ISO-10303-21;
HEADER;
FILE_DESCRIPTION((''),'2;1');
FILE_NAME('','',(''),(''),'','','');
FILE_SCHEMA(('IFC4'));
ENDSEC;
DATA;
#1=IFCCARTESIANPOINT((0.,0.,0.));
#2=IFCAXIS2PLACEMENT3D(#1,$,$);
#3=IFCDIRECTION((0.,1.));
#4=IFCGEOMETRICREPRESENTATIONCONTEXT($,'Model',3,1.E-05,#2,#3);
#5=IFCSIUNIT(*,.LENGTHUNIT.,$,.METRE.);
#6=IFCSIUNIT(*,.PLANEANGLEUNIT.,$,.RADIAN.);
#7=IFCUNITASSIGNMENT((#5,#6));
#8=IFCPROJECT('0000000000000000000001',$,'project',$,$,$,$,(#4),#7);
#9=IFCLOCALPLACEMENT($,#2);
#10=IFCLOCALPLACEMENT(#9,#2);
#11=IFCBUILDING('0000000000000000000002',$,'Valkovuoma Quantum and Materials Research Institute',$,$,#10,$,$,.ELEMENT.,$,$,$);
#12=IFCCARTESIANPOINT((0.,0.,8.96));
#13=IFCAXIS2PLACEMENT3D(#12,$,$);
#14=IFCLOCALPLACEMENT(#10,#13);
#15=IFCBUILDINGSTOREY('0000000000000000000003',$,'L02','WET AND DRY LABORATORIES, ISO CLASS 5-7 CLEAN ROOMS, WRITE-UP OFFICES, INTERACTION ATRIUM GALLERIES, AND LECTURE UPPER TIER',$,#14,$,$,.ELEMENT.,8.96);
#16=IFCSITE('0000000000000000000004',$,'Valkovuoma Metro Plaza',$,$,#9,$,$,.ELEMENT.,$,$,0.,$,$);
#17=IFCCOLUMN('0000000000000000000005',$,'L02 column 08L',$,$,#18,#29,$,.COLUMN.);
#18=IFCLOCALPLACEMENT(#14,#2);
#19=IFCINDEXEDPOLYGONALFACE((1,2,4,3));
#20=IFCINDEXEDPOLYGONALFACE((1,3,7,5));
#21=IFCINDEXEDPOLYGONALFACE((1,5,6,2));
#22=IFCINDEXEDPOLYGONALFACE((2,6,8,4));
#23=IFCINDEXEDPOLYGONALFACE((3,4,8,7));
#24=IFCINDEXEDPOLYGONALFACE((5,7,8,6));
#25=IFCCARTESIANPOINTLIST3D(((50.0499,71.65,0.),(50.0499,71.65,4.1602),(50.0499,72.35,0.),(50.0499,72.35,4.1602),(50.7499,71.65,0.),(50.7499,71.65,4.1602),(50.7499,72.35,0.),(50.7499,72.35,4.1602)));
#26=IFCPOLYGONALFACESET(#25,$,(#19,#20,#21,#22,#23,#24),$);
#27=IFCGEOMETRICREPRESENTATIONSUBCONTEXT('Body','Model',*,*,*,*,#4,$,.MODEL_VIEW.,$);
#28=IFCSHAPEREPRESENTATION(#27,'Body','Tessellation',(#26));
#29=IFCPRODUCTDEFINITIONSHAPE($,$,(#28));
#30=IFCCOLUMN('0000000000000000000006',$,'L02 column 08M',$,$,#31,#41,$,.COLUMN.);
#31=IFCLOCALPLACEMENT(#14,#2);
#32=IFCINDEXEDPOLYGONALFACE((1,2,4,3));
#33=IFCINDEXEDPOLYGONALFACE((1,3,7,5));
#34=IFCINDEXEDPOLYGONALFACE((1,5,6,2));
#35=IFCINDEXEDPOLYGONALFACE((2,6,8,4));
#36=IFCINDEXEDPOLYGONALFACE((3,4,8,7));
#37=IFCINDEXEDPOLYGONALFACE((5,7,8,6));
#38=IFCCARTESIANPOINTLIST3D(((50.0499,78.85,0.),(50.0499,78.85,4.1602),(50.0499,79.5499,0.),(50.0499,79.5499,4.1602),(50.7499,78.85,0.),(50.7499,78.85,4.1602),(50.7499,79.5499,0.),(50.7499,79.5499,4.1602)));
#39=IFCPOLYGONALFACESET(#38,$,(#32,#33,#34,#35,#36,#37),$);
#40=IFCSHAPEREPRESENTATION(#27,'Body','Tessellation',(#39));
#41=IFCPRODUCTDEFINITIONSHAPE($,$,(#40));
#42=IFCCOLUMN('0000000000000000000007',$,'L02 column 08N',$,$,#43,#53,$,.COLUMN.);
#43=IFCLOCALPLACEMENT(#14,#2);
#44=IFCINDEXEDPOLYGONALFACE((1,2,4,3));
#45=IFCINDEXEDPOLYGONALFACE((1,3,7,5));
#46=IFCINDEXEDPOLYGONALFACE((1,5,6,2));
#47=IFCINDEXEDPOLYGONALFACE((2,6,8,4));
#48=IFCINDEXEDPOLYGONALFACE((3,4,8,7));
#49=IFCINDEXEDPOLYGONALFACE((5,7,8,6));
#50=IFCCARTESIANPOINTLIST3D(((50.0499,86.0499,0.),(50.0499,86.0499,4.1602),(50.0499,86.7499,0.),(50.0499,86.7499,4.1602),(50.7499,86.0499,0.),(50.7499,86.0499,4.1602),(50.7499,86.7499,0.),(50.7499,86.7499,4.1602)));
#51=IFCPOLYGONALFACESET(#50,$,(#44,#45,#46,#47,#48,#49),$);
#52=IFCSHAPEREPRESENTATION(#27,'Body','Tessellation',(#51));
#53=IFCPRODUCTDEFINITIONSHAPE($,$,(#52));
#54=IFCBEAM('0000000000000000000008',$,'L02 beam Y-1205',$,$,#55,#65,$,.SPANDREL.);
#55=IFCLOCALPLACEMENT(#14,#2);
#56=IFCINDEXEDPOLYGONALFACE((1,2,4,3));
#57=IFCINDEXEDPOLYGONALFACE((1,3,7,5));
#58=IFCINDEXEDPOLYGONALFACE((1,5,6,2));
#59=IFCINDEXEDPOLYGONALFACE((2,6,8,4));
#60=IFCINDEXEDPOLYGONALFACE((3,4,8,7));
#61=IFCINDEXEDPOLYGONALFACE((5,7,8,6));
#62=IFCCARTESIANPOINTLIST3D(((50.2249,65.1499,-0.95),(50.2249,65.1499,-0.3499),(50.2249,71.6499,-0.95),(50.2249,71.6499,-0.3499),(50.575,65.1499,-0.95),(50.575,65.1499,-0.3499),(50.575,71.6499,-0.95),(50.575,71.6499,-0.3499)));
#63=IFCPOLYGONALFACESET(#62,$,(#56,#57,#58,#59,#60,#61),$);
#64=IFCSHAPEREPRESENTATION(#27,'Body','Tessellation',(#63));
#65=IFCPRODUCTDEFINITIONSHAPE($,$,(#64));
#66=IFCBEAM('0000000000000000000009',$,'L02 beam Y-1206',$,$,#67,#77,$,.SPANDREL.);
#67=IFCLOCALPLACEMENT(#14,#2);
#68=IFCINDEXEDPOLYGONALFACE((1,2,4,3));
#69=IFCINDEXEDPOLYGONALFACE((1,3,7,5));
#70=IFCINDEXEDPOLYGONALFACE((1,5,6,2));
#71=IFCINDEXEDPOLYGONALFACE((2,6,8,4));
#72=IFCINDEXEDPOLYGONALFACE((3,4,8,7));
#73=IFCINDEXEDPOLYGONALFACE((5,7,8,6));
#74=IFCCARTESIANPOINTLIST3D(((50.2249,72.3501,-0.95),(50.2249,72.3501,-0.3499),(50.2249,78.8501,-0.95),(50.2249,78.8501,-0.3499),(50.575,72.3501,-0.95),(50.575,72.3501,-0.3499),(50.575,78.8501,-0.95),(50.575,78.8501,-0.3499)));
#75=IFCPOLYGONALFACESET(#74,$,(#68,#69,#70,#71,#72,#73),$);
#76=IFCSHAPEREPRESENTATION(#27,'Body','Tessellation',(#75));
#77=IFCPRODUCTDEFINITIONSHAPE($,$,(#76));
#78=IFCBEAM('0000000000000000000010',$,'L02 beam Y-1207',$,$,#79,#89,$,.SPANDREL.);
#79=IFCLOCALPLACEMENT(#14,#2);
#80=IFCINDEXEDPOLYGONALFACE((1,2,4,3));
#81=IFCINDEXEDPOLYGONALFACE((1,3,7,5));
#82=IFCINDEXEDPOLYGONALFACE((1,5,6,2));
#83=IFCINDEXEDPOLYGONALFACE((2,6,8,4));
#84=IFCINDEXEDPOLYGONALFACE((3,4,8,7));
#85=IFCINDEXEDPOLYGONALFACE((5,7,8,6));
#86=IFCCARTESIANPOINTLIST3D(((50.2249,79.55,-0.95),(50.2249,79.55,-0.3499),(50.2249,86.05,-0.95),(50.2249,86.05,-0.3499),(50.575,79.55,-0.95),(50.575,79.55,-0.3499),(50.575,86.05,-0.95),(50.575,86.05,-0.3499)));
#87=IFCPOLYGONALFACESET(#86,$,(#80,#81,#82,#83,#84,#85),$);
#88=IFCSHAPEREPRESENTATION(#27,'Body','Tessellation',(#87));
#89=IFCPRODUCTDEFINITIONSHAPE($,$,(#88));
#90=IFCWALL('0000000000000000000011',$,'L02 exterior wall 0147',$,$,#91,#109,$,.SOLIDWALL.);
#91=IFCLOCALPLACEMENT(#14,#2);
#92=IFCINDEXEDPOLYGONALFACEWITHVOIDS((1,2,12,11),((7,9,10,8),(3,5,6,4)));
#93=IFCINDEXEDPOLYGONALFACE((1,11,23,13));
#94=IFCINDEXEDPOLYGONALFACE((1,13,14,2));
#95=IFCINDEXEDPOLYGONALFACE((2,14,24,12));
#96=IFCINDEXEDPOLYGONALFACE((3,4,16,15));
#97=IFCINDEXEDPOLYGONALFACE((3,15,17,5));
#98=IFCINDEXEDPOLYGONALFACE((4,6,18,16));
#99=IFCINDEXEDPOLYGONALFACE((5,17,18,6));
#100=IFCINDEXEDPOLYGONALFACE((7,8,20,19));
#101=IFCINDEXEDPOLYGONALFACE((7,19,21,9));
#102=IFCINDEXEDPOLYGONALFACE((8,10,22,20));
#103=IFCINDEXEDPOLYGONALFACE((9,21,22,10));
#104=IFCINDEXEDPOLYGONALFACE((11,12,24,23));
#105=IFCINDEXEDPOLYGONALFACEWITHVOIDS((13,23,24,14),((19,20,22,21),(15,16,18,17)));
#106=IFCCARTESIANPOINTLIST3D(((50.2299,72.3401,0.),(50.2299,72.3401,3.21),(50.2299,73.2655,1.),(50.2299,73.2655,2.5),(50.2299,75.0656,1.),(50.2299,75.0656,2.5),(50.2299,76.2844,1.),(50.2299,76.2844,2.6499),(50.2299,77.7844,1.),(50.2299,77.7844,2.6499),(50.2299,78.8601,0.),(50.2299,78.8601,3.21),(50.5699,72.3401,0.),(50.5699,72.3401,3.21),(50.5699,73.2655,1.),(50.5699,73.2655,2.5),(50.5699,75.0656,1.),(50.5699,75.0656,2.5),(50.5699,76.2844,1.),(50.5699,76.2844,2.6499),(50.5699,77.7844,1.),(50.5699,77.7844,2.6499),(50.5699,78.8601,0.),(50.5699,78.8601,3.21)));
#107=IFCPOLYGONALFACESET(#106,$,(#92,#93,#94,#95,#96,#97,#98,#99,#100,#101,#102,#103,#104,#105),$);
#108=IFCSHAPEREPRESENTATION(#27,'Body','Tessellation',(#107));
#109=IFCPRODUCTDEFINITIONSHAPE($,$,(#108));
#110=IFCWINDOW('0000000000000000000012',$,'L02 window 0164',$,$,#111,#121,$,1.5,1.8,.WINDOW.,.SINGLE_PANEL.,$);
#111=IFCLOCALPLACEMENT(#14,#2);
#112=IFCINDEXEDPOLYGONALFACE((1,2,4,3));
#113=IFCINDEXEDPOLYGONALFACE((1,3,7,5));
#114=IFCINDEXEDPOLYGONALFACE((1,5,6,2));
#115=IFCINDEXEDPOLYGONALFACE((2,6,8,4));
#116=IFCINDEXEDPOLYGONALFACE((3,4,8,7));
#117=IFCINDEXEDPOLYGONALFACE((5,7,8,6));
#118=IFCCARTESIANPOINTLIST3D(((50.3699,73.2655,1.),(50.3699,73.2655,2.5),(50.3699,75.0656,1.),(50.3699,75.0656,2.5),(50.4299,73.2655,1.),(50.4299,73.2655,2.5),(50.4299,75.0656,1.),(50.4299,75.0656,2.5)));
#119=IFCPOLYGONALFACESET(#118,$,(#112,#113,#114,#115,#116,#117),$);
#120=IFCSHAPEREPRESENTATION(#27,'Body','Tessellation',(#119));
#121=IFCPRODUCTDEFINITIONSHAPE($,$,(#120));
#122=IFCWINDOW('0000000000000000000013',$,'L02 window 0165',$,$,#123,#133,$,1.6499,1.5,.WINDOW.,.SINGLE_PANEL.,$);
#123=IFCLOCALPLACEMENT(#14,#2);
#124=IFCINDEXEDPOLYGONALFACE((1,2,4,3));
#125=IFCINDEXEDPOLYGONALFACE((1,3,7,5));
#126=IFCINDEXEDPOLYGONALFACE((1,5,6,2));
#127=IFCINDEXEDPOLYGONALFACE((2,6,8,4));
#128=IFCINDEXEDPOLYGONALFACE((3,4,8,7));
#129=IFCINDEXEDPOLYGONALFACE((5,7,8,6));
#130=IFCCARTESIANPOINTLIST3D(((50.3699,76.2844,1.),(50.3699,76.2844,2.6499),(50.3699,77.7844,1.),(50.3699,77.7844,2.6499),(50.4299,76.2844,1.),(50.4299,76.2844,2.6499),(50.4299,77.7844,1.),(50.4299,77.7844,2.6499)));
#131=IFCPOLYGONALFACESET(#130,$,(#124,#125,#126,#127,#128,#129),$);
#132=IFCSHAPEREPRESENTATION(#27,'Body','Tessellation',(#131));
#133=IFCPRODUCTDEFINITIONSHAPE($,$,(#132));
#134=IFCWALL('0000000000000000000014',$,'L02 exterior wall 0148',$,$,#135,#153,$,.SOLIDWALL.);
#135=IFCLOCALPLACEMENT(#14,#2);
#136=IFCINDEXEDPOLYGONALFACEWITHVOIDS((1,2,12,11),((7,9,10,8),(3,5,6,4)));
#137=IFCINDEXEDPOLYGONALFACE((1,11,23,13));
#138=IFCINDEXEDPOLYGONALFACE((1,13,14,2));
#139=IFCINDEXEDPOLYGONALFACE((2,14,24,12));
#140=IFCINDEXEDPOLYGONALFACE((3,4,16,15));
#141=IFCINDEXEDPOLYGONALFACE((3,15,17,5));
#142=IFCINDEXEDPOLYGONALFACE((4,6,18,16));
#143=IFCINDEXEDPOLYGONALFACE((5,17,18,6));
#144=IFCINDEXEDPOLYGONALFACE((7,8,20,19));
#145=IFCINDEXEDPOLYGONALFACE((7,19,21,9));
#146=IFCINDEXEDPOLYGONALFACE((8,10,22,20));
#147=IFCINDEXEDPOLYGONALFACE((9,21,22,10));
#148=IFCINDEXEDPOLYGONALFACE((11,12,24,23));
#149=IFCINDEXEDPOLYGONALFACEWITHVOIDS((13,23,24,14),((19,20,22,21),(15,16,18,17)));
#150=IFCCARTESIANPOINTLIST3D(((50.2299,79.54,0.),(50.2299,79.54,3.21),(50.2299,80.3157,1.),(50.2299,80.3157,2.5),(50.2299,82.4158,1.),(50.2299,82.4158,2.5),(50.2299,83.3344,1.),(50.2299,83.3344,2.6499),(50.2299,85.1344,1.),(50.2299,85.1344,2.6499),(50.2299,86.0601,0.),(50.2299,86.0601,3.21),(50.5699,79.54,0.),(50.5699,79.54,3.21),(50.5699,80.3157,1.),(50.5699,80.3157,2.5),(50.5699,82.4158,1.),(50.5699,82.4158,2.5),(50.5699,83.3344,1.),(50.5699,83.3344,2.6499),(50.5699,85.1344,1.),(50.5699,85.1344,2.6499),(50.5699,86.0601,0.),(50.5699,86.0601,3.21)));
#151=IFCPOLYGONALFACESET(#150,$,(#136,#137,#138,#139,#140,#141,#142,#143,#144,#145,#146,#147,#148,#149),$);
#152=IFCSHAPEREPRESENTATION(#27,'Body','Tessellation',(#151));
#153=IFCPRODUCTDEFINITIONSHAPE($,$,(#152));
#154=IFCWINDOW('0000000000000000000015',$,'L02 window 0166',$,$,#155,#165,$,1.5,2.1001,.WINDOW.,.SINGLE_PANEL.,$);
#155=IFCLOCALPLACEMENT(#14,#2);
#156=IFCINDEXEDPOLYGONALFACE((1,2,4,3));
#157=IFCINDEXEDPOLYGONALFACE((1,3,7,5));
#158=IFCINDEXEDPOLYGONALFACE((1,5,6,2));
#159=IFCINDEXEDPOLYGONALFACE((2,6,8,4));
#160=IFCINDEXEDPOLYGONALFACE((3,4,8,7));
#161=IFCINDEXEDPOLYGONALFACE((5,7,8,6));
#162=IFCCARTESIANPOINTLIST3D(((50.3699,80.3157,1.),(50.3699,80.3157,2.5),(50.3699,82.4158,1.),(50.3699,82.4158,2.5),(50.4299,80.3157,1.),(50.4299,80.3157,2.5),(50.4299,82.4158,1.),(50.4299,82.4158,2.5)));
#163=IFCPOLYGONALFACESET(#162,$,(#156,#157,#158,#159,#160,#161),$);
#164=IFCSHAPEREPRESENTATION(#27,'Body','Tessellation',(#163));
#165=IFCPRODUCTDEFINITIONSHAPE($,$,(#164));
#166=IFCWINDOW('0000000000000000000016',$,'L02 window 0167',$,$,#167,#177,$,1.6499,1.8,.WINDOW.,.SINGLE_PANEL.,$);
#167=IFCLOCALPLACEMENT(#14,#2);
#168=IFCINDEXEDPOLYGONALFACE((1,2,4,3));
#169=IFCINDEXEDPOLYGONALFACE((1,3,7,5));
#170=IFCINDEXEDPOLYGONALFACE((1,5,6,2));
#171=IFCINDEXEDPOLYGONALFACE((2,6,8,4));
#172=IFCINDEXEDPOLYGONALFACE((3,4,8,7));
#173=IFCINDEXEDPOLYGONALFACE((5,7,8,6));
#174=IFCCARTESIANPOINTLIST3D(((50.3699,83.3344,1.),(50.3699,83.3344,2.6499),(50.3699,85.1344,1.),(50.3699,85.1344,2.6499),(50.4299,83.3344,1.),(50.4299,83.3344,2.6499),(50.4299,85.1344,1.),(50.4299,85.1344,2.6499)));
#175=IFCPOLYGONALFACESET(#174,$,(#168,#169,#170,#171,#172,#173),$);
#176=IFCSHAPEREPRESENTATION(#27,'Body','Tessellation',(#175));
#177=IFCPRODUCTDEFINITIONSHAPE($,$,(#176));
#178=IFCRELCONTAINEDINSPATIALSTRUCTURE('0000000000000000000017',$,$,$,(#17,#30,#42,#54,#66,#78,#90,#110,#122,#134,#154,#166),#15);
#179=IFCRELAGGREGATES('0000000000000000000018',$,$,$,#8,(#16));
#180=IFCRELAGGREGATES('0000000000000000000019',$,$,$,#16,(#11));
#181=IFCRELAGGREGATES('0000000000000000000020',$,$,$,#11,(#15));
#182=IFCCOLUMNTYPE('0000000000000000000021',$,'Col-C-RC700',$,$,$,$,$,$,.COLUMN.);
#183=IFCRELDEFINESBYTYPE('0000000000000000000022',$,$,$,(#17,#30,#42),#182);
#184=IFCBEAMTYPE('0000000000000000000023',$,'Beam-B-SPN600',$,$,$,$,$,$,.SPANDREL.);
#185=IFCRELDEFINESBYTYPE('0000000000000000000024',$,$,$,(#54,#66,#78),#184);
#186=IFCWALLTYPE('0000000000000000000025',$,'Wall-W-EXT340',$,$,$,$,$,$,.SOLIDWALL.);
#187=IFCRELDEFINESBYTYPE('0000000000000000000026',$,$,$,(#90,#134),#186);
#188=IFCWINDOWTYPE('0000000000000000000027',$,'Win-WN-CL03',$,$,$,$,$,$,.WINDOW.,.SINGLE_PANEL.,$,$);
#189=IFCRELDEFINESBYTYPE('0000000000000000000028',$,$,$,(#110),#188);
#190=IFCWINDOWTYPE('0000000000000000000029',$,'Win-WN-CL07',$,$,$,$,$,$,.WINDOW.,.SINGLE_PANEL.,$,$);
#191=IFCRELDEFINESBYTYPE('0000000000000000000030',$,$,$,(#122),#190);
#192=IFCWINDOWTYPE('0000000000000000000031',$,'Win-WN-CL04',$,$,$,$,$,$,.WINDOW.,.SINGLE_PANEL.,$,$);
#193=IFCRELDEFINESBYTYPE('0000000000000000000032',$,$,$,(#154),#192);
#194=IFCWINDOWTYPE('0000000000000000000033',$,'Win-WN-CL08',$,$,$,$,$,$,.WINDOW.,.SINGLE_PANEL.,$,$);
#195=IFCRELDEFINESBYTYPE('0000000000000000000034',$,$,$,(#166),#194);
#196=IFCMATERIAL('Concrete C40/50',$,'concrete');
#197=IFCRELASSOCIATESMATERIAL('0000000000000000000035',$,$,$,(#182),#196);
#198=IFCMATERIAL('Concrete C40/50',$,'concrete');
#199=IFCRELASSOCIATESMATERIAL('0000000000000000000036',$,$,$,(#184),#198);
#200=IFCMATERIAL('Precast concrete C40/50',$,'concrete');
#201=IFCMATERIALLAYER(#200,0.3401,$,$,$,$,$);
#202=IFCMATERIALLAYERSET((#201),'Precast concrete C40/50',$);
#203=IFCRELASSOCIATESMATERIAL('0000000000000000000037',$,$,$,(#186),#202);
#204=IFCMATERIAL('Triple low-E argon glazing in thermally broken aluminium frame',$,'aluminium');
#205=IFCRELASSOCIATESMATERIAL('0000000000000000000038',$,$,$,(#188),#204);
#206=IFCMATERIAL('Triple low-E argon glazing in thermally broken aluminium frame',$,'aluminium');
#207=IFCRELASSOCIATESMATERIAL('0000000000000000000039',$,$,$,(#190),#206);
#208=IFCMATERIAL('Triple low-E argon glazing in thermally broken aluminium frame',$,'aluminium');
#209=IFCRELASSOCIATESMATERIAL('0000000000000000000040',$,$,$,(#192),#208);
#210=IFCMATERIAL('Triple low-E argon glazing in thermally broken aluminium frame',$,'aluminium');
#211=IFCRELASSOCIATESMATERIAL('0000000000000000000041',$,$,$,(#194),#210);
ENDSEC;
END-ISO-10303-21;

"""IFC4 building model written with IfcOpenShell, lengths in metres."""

from ifc_helpers import new_model, si_unit, direction, frame, frame_2d, origin, origin_2d, place, context, subcontext, project, spatial, rectangle, extrude, material, layer, layer_set, material_profile, profile_set, type_object, element, fill, save


model = new_model("IFC4")

# Units and contexts
model_context = context("Model", 3, precision=1e-05, world=origin(), true_north=direction((0.0, 1.0)))
body_context = subcontext(model_context, "Body", "Model", "MODEL_VIEW")
ifc_project = project(units=[si_unit("LENGTHUNIT", "METRE"), si_unit("PLANEANGLEUNIT", "RADIAN")], contexts=[model_context])

# Site, building, storey
site_placement = place(None, origin())
site = spatial("IfcSite", under=ifc_project, at=site_placement, Name="Valkovuoma Metro Plaza", CompositionType="ELEMENT", RefElevation=0.0)
building_placement = place(site_placement, origin())
building = spatial("IfcBuilding", under=site, at=building_placement, Name="Valkovuoma Quantum and Materials Research Institute", CompositionType="ELEMENT")
storey_placement = place(building_placement, frame((0.0, 0.0, 8.96)))
storey = spatial("IfcBuildingStorey", under=building, at=storey_placement, Name="L02", Description="WET AND DRY LABORATORIES, ISO CLASS 5-7 CLEAN ROOMS, WRITE-UP OFFICES, INTERACTION ATRIUM GALLERIES, AND LECTURE UPPER TIER", CompositionType="ELEMENT", Elevation=8.96)

# Columns
ifc_material_1 = material(Name="Concrete C40/50", Category="concrete")
ifc_material_profile_1 = material_profile(ifc_material_1, rectangle(XDim=0.7, YDim=0.7, at=origin_2d()), Name="Concrete C40/50")
ifc_profile_set_1 = profile_set([ifc_material_profile_1], Name="Concrete C40/50")
column_type = type_object("IfcColumnType", Name="Col-C-RC700", PredefinedType="COLUMN", material=ifc_profile_set_1)
for number, where, z_axis, x_axis, name in (
    (1, (50.3999, 72.0, 0.0), (0.0, 0.0, 1.0), (1.0, 0.0, 0.0), "L02 column 08L"),
    (2, (50.3999, 79.2, 0.0), (0.0, 0.0, 1.0), (1.0, 0.0, 0.0), "L02 column 08M"),
    (3, (50.3999, 86.3999, 0.0), (0.0, 0.0, 1.0), (1.0, 0.0, 0.0), "L02 column 08N"),
):
    element("IfcColumn", number, at=place(storey_placement, frame(where, z_axis=z_axis, x_axis=x_axis)), inside=storey, type_object=column_type, Name=name, PredefinedType="COLUMN", context=body_context, shape_type="SweptSolid", body=[
        extrude(rectangle(XDim=0.7, YDim=0.7, at=origin_2d()), origin(), (0.0, 0.0, 1.0), 4.1602),
    ])

# Beams
ifc_material_2 = material(Name="Concrete C40/50", Category="concrete")
ifc_material_profile_2 = material_profile(ifc_material_2, rectangle(XDim=0.3501, YDim=0.6001, at=origin_2d()), Name="Concrete C40/50")
ifc_profile_set_2 = profile_set([ifc_material_profile_2], Name="Concrete C40/50")
beam_type = type_object("IfcBeamType", Name="Beam-B-SPN600", PredefinedType="SPANDREL", material=ifc_profile_set_2)
for number, where, z_axis, x_axis, name in (
    (4, (50.3999, 65.1499, -0.6499), (0.0, 1.0, 0.0), (-1.0, 0.0, 0.0), "L02 beam Y-1205"),
    (5, (50.3999, 72.3501, -0.6499), (0.0, 1.0, 0.0), (-1.0, 0.0, 0.0), "L02 beam Y-1206"),
    (6, (50.3999, 79.55, -0.6499), (0.0, 1.0, 0.0), (-1.0, 0.0, 0.0), "L02 beam Y-1207"),
):
    element("IfcBeam", number, at=place(storey_placement, frame(where, z_axis=z_axis, x_axis=x_axis)), inside=storey, type_object=beam_type, Name=name, PredefinedType="SPANDREL", context=body_context, shape_type="SweptSolid", body=[
        extrude(rectangle(XDim=0.3501, YDim=0.6001, at=origin_2d()), origin(), (0.0, 0.0, 1.0), 6.5),
    ])

# Walls, openings, windows
ifc_material_3 = material(Name="Precast concrete C40/50", Category="concrete")
ifc_layer_1 = layer(ifc_material_3, 0.3401)
ifc_layer_set_1 = layer_set([ifc_layer_1], Name="Precast concrete C40/50")
wall_type = type_object("IfcWallType", Name="Wall-W-EXT340", PredefinedType="SOLIDWALL", material=ifc_layer_set_1)
wall_1_placement = place(storey_placement, frame((50.3999, 72.3401, 0.0), z_axis=(0.0, 0.0, 1.0), x_axis=(0.0, 1.0, 0.0)))
wall_1 = element("IfcWall", 7, at=wall_1_placement, inside=storey, type_object=wall_type, Name="L02 exterior wall 0147", PredefinedType="SOLIDWALL", context=body_context, shape_type="SweptSolid", body=[
    extrude(rectangle(XDim=6.52, YDim=0.3401, at=frame_2d((3.26, 0.0))), origin(), (0.0, 0.0, 1.0), 3.21),
])
opening_1_placement = place(wall_1_placement, frame((0.9255, 0.0, 1.0)))
opening_1 = element("IfcOpeningElement", 8, at=opening_1_placement, cuts=wall_1, PredefinedType="OPENING", context=body_context, shape_type="SweptSolid", body=[
    extrude(rectangle(XDim=1.8, YDim=1.5, at=frame_2d((0.8999, 0.75))), frame((0.0, 0.1802, 0.0), z_axis=(0.0, -1.0, 0.0), x_axis=(1.0, 0.0, 0.0)), (0.0, 0.0, 1.0), 0.3601),
])
opening_2_placement = place(wall_1_placement, frame((3.9443, 0.0, 1.0)))
opening_2 = element("IfcOpeningElement", 9, at=opening_2_placement, cuts=wall_1, PredefinedType="OPENING", context=body_context, shape_type="SweptSolid", body=[
    extrude(rectangle(XDim=1.5, YDim=1.6499, at=frame_2d((0.75, 0.825))), frame((0.0, 0.1802, 0.0), z_axis=(0.0, -1.0, 0.0), x_axis=(1.0, 0.0, 0.0)), (0.0, 0.0, 1.0), 0.3601),
])
ifc_material_4 = material(Name="Triple low-E argon glazing in thermally broken aluminium frame", Category="aluminium")
window_type_1 = type_object("IfcWindowType", Name="Win-WN-CL03", PartitioningType="SINGLE_PANEL", PredefinedType="WINDOW", material=ifc_material_4)
window_1_placement = place(opening_1_placement, origin())
window_1 = element("IfcWindow", 10, at=window_1_placement, inside=storey, type_object=window_type_1, Name="L02 window 0164", OverallHeight=1.5, OverallWidth=1.8, PartitioningType="SINGLE_PANEL", PredefinedType="WINDOW", context=body_context, shape_type="SweptSolid", body=[
    extrude(rectangle(XDim=1.8, YDim=1.5, at=frame_2d((0.8999, 0.75))), frame((0.0, 0.03, 0.0), z_axis=(0.0, -1.0, 0.0), x_axis=(1.0, 0.0, 0.0)), (0.0, 0.0, 1.0), 0.0601),
])
fill(opening_1, window_1)
ifc_material_5 = material(Name="Triple low-E argon glazing in thermally broken aluminium frame", Category="aluminium")
window_type_2 = type_object("IfcWindowType", Name="Win-WN-CL07", PartitioningType="SINGLE_PANEL", PredefinedType="WINDOW", material=ifc_material_5)
window_2_placement = place(opening_2_placement, origin())
window_2 = element("IfcWindow", 11, at=window_2_placement, inside=storey, type_object=window_type_2, Name="L02 window 0165", OverallHeight=1.6499, OverallWidth=1.5, PartitioningType="SINGLE_PANEL", PredefinedType="WINDOW", context=body_context, shape_type="SweptSolid", body=[
    extrude(rectangle(XDim=1.5, YDim=1.6499, at=frame_2d((0.75, 0.825))), frame((0.0, 0.03, 0.0), z_axis=(0.0, -1.0, 0.0), x_axis=(1.0, 0.0, 0.0)), (0.0, 0.0, 1.0), 0.0601),
])
fill(opening_2, window_2)
wall_2_placement = place(storey_placement, frame((50.3999, 79.54, 0.0), z_axis=(0.0, 0.0, 1.0), x_axis=(0.0, 1.0, 0.0)))
wall_2 = element("IfcWall", 12, at=wall_2_placement, inside=storey, type_object=wall_type, Name="L02 exterior wall 0148", PredefinedType="SOLIDWALL", context=body_context, shape_type="SweptSolid", body=[
    extrude(rectangle(XDim=6.52, YDim=0.3401, at=frame_2d((3.26, 0.0))), origin(), (0.0, 0.0, 1.0), 3.21),
])
opening_3_placement = place(wall_2_placement, frame((0.7756, 0.0, 1.0)))
opening_3 = element("IfcOpeningElement", 13, at=opening_3_placement, cuts=wall_2, PredefinedType="OPENING", context=body_context, shape_type="SweptSolid", body=[
    extrude(rectangle(XDim=2.1001, YDim=1.5, at=frame_2d((1.05, 0.75))), frame((0.0, 0.1802, 0.0), z_axis=(0.0, -1.0, 0.0), x_axis=(1.0, 0.0, 0.0)), (0.0, 0.0, 1.0), 0.3601),
])
opening_4_placement = place(wall_2_placement, frame((3.7944, 0.0, 1.0)))
opening_4 = element("IfcOpeningElement", 14, at=opening_4_placement, cuts=wall_2, PredefinedType="OPENING", context=body_context, shape_type="SweptSolid", body=[
    extrude(rectangle(XDim=1.8, YDim=1.6499, at=frame_2d((0.8999, 0.825))), frame((0.0, 0.1802, 0.0), z_axis=(0.0, -1.0, 0.0), x_axis=(1.0, 0.0, 0.0)), (0.0, 0.0, 1.0), 0.3601),
])
ifc_material_6 = material(Name="Triple low-E argon glazing in thermally broken aluminium frame", Category="aluminium")
window_type_3 = type_object("IfcWindowType", Name="Win-WN-CL04", PartitioningType="SINGLE_PANEL", PredefinedType="WINDOW", material=ifc_material_6)
window_3_placement = place(opening_3_placement, origin())
window_3 = element("IfcWindow", 15, at=window_3_placement, inside=storey, type_object=window_type_3, Name="L02 window 0166", OverallHeight=1.5, OverallWidth=2.1001, PartitioningType="SINGLE_PANEL", PredefinedType="WINDOW", context=body_context, shape_type="SweptSolid", body=[
    extrude(rectangle(XDim=2.1001, YDim=1.5, at=frame_2d((1.05, 0.75))), frame((0.0, 0.03, 0.0), z_axis=(0.0, -1.0, 0.0), x_axis=(1.0, 0.0, 0.0)), (0.0, 0.0, 1.0), 0.0601),
])
fill(opening_3, window_3)
ifc_material_7 = material(Name="Triple low-E argon glazing in thermally broken aluminium frame", Category="aluminium")
window_type_4 = type_object("IfcWindowType", Name="Win-WN-CL08", PartitioningType="SINGLE_PANEL", PredefinedType="WINDOW", material=ifc_material_7)
window_4_placement = place(opening_4_placement, origin())
window_4 = element("IfcWindow", 16, at=window_4_placement, inside=storey, type_object=window_type_4, Name="L02 window 0167", OverallHeight=1.6499, OverallWidth=1.8, PartitioningType="SINGLE_PANEL", PredefinedType="WINDOW", context=body_context, shape_type="SweptSolid", body=[
    extrude(rectangle(XDim=1.8, YDim=1.6499, at=frame_2d((0.8999, 0.825))), frame((0.0, 0.03, 0.0), z_axis=(0.0, -1.0, 0.0), x_axis=(1.0, 0.0, 0.0)), (0.0, 0.0, 1.0), 0.0601),
])
fill(opening_4, window_4)

save(model, "model.ifc")
